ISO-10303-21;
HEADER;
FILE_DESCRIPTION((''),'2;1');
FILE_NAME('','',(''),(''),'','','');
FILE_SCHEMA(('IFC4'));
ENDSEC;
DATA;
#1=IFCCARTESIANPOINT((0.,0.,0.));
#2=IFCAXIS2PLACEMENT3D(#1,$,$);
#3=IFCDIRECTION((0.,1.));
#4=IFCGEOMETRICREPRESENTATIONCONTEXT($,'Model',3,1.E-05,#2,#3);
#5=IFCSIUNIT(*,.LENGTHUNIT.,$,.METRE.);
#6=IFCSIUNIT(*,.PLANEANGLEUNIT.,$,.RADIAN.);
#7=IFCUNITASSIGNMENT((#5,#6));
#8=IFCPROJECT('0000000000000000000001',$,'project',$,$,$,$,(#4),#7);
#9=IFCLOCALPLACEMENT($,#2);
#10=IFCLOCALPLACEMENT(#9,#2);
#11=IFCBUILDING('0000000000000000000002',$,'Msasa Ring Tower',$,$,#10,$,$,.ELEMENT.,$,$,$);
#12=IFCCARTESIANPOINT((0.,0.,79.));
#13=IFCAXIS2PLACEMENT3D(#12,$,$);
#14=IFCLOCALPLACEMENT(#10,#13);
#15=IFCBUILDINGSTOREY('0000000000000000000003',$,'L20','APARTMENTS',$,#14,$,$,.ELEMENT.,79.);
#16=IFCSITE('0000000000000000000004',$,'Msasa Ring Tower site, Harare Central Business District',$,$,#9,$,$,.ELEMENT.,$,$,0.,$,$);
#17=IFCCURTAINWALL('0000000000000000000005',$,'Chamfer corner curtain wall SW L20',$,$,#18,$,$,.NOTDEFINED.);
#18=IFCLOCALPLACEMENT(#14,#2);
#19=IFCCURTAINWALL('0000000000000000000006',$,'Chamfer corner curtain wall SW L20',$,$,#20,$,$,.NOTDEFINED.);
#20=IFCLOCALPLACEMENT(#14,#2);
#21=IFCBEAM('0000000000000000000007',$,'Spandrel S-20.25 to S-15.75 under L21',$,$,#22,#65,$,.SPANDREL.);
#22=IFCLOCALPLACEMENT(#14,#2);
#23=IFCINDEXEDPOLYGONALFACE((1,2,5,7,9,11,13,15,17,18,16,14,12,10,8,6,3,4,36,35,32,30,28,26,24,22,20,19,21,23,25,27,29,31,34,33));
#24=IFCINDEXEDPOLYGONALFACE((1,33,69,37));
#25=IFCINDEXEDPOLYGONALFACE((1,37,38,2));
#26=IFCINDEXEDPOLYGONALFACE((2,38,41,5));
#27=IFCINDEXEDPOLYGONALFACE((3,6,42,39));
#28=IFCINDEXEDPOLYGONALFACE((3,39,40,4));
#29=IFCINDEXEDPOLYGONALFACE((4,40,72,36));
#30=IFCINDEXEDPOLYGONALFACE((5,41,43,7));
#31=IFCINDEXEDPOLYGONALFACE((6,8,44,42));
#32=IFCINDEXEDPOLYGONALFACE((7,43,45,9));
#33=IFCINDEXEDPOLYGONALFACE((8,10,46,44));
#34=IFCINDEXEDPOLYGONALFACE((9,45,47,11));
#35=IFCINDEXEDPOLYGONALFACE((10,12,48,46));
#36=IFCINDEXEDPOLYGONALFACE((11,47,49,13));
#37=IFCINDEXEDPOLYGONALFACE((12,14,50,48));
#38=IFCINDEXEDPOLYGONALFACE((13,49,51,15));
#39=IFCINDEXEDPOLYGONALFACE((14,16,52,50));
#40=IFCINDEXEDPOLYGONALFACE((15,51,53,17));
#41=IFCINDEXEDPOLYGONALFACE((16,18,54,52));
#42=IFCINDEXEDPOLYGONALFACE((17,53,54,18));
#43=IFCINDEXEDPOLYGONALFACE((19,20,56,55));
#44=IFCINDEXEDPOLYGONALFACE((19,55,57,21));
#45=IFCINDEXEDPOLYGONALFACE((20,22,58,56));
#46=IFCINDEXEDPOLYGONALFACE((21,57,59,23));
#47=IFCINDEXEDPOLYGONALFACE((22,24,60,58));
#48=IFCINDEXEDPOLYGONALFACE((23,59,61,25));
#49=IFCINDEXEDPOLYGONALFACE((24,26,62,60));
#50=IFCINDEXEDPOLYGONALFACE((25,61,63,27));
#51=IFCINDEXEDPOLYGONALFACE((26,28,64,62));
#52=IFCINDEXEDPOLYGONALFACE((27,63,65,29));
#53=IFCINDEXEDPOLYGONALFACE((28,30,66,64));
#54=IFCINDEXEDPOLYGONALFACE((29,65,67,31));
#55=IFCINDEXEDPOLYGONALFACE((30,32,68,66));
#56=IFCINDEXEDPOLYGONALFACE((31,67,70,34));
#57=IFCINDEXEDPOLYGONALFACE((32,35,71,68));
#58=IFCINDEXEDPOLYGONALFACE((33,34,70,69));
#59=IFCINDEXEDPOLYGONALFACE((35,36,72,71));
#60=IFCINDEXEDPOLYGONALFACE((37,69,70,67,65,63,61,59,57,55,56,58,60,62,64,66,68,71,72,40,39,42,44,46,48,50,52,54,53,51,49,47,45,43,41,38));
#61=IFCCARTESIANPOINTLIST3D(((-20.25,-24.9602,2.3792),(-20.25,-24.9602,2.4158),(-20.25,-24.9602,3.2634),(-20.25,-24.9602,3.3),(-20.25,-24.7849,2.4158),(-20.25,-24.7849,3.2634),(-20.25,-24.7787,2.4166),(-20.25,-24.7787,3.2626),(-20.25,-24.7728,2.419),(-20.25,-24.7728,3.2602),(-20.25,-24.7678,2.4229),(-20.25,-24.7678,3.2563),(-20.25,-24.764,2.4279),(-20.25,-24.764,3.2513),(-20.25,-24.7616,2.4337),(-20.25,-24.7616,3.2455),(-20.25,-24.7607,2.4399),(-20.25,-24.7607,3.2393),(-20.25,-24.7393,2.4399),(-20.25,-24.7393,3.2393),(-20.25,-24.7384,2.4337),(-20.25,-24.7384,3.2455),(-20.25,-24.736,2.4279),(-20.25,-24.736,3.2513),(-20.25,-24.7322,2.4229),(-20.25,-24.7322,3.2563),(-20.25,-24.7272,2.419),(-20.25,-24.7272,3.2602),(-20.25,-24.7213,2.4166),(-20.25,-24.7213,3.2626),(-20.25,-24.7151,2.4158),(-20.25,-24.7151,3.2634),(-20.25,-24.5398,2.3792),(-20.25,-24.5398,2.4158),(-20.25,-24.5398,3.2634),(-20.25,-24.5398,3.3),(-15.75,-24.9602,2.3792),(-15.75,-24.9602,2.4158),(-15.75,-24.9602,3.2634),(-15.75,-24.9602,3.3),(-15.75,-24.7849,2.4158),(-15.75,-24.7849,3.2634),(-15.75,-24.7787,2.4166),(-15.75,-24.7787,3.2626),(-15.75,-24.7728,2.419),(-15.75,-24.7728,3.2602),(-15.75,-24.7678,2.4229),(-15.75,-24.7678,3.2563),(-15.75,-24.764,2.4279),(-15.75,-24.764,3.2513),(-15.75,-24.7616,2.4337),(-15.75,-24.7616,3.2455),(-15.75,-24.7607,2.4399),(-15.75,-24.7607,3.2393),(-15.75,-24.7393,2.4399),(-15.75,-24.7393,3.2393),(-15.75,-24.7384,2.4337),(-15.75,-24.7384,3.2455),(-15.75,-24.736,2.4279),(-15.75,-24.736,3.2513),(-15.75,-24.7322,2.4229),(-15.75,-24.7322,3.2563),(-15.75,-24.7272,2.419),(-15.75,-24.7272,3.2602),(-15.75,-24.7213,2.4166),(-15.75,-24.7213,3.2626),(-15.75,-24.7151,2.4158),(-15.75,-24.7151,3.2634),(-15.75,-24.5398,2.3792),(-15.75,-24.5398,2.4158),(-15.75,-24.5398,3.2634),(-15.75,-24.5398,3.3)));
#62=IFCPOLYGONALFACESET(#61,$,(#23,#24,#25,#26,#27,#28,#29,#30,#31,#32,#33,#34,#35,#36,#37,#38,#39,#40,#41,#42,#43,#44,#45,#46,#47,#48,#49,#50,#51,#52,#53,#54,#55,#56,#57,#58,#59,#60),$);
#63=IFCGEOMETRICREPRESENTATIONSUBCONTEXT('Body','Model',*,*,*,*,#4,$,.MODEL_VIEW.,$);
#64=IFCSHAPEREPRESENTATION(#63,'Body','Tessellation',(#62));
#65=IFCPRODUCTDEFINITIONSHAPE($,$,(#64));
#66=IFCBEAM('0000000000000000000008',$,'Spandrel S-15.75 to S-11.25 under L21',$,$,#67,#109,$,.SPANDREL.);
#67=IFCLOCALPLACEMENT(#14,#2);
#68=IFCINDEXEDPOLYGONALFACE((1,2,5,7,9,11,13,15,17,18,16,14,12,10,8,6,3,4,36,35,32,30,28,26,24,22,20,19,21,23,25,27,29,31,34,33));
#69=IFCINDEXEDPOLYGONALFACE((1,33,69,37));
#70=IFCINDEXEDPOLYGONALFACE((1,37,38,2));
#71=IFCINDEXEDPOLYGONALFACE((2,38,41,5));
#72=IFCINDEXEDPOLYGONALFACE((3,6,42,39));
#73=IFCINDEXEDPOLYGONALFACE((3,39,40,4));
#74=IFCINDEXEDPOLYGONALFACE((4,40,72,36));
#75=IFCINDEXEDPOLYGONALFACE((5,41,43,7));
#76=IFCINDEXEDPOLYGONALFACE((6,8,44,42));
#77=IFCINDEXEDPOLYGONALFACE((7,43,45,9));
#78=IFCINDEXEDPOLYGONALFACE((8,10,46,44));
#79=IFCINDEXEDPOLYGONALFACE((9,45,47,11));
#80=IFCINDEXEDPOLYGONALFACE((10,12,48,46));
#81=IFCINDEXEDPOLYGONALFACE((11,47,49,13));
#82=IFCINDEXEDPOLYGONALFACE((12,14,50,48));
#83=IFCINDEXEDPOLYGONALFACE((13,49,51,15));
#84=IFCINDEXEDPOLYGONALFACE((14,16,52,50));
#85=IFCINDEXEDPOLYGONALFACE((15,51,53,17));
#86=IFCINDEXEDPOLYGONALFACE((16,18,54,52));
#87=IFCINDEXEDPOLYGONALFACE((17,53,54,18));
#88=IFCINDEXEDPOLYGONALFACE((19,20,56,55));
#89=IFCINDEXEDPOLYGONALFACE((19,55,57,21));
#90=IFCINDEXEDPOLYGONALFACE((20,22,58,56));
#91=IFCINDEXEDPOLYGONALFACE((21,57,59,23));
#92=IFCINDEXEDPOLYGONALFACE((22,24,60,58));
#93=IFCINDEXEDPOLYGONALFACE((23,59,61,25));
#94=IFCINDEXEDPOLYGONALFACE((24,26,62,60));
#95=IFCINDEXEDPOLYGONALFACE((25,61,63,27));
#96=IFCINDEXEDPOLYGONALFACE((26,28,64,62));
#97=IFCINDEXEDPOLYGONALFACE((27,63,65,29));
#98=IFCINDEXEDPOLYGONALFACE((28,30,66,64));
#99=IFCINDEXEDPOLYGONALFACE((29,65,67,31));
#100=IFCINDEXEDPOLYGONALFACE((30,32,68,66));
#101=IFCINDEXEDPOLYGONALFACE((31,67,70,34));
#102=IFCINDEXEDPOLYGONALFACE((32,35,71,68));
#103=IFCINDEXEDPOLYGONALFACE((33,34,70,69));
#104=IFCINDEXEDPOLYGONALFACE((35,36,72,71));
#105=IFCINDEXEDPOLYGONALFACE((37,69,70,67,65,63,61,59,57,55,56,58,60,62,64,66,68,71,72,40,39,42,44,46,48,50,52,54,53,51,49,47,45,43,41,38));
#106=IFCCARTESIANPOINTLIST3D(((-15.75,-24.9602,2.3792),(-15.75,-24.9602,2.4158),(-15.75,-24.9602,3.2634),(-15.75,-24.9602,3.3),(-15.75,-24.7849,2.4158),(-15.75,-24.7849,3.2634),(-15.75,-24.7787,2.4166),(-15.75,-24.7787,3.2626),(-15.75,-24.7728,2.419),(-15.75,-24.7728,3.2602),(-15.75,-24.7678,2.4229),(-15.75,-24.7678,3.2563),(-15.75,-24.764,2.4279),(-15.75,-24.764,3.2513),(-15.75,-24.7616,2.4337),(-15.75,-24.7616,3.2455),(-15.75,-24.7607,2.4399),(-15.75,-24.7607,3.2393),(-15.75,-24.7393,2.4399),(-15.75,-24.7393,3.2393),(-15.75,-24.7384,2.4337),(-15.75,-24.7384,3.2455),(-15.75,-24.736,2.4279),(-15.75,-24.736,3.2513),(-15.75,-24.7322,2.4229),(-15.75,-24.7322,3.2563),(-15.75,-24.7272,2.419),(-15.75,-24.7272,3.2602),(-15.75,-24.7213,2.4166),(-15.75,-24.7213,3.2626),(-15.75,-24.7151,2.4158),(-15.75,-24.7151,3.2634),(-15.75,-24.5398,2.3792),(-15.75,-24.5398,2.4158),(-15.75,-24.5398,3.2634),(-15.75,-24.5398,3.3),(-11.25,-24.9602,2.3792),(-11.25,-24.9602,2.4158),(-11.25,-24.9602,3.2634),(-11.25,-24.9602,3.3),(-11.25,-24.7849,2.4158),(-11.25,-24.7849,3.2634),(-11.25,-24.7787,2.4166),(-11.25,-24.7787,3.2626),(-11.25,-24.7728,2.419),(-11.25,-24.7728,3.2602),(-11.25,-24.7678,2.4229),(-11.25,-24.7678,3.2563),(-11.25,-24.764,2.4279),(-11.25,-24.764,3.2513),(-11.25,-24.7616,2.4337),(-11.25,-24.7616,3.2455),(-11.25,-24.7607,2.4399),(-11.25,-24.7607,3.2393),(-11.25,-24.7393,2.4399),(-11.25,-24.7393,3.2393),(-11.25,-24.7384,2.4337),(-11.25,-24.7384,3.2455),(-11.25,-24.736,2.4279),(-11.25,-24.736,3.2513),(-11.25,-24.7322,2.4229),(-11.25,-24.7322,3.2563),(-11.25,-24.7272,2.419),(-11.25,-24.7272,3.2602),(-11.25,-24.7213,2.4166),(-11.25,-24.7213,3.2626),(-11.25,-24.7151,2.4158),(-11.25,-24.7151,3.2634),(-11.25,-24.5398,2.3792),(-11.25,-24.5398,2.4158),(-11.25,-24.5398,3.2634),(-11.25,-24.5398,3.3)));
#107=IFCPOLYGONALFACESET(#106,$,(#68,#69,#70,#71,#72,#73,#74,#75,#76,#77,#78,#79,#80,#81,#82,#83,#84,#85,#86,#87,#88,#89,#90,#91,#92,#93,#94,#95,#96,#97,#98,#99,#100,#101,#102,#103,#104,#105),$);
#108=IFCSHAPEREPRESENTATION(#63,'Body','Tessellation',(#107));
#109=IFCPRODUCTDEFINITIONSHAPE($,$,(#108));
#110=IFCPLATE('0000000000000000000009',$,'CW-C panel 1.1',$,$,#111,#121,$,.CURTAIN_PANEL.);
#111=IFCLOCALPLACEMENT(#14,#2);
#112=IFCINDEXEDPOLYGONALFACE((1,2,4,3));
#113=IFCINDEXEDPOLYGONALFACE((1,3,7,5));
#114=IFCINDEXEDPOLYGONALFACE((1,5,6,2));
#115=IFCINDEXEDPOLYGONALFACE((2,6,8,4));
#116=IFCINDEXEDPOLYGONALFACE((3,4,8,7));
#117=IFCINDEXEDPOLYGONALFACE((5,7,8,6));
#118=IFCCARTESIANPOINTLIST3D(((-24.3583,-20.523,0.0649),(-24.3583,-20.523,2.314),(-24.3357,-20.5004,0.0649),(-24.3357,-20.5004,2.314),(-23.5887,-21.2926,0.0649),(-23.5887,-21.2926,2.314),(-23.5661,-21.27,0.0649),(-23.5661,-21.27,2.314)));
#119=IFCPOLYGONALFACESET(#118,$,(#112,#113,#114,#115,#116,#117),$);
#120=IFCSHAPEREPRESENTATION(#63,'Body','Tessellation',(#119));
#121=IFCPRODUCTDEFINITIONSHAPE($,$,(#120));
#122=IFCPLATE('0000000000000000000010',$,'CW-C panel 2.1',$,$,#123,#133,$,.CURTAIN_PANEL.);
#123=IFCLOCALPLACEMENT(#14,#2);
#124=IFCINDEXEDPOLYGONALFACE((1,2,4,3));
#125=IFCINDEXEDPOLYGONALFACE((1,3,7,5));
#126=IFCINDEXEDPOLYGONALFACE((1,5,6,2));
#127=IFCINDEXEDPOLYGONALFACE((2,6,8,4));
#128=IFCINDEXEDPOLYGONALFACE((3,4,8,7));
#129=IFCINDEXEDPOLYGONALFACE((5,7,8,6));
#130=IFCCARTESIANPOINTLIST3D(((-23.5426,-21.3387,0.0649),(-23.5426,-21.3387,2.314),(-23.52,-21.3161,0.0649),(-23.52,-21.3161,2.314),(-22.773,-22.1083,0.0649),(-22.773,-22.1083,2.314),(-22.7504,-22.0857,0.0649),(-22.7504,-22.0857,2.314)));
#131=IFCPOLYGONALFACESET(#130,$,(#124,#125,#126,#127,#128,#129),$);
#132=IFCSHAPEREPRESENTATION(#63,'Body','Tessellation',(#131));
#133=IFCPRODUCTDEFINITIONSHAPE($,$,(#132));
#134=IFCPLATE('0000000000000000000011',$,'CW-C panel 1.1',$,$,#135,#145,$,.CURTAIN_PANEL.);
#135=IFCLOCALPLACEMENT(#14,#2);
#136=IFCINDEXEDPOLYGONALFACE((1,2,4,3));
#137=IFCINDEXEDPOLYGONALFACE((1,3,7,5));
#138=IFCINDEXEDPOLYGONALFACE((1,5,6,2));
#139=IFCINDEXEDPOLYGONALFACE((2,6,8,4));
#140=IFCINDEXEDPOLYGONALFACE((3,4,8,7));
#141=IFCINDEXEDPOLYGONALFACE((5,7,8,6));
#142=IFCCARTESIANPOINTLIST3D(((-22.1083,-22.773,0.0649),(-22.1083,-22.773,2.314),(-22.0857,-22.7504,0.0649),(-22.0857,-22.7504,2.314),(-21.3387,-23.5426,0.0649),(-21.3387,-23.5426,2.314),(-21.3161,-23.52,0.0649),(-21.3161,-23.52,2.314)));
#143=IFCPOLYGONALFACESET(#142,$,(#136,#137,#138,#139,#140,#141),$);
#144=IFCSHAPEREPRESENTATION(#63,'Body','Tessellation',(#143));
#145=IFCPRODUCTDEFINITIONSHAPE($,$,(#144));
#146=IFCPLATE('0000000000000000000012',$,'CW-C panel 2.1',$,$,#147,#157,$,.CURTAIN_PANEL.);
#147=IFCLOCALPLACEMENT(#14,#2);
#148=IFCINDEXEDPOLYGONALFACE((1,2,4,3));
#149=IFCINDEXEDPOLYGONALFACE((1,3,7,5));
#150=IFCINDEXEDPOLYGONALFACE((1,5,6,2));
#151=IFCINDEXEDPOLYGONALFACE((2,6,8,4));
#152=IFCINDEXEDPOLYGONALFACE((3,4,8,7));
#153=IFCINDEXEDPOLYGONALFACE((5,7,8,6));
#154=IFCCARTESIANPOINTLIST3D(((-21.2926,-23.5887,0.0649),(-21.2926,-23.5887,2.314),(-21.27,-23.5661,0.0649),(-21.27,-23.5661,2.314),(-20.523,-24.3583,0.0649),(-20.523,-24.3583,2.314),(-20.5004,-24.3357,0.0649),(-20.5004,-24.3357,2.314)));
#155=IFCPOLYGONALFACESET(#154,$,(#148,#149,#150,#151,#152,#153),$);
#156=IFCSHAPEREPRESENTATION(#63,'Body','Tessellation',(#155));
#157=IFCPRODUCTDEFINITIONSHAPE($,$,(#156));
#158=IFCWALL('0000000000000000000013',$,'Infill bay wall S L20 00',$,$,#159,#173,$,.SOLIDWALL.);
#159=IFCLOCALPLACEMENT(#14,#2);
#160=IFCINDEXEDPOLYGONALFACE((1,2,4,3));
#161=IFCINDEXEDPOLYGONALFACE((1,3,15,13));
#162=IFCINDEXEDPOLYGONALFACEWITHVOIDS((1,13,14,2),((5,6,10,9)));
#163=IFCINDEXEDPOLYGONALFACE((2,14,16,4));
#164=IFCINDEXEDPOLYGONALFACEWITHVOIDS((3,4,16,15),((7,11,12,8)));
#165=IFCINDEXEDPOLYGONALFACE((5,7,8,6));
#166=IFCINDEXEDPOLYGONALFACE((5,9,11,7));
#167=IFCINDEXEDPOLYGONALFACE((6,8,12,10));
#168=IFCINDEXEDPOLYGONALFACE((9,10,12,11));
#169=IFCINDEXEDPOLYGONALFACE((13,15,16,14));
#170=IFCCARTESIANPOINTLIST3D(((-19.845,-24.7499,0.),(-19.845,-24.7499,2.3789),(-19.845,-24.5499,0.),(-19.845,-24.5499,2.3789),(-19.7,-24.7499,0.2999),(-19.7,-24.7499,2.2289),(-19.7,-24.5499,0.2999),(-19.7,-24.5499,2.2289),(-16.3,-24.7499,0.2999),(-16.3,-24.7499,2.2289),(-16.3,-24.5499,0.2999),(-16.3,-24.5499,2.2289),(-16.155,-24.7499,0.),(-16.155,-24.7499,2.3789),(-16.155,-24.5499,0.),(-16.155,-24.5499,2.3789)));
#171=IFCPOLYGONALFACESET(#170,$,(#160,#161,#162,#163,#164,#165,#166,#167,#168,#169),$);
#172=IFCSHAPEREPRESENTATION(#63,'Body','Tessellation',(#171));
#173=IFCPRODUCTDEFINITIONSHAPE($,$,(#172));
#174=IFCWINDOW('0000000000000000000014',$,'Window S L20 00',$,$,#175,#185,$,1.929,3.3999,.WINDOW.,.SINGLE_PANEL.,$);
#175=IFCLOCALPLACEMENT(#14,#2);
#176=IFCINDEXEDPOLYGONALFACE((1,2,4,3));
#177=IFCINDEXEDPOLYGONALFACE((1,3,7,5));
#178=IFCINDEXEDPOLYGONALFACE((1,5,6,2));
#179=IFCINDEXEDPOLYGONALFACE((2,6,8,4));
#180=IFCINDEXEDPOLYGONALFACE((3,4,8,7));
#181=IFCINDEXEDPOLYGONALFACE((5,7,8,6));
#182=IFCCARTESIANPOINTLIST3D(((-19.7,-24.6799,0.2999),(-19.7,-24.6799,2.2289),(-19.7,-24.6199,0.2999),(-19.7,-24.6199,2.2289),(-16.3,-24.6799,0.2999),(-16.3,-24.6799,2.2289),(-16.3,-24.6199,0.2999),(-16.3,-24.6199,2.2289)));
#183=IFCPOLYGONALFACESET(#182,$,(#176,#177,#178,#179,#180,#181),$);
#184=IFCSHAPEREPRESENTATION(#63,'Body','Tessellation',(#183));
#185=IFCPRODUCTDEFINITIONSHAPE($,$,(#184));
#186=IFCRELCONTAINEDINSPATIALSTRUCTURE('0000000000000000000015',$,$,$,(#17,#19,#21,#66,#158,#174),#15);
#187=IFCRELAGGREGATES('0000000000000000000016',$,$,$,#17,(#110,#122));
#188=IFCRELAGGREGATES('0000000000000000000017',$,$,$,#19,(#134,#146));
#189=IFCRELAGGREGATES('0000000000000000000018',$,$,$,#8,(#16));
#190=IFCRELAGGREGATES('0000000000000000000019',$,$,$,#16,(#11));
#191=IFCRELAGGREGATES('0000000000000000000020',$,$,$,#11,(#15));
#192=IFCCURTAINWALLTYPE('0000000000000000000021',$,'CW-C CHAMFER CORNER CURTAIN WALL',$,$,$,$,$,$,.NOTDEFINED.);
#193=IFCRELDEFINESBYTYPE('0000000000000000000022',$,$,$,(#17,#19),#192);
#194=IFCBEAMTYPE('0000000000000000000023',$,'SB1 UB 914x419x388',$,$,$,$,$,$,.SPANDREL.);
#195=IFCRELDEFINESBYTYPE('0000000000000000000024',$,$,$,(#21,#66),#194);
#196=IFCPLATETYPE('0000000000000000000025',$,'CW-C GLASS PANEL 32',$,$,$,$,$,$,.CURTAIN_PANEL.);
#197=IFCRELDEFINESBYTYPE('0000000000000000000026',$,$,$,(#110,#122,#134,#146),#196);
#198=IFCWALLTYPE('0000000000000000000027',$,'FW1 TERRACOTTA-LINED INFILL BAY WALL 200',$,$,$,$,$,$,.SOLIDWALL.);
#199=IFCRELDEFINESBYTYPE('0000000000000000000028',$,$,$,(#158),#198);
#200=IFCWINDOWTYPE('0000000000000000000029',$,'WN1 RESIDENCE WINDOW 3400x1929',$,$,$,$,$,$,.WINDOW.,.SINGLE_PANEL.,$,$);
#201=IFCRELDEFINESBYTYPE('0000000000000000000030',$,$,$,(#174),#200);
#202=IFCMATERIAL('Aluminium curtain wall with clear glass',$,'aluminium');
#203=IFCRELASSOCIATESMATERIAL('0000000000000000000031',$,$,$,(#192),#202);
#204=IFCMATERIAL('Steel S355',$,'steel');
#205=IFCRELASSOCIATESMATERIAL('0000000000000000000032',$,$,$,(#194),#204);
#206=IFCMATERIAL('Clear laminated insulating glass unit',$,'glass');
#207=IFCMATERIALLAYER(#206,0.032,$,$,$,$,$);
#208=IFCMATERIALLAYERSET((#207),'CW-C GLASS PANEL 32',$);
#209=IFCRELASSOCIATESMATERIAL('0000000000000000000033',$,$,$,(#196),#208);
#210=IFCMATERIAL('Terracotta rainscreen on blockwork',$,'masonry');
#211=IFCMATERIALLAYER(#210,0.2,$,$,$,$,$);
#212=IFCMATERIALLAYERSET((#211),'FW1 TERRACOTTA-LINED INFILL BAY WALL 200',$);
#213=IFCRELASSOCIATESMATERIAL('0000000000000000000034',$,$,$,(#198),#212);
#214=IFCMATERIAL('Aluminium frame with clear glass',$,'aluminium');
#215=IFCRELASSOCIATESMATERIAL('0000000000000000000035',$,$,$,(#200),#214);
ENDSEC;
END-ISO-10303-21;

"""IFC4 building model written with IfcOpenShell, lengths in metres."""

from ifc_helpers import new_model, si_unit, direction, frame, frame_2d, origin, origin_2d, place, context, subcontext, project, spatial, rectangle, i_section, extrude, material, layer, layer_set, material_profile, profile_set, type_object, element, fill, aggregate, save


model = new_model("IFC4")

# Units and contexts
model_context = context("Model", 3, precision=1e-05, world=origin(), true_north=direction((0.0, 1.0)))
body_context = subcontext(model_context, "Body", "Model", "MODEL_VIEW")
ifc_project = project(units=[si_unit("LENGTHUNIT", "METRE"), si_unit("PLANEANGLEUNIT", "RADIAN")], contexts=[model_context])

# Site, building, storey
site_placement = place(None, origin())
site = spatial("IfcSite", under=ifc_project, at=site_placement, Name="Msasa Ring Tower site, Harare Central Business District", CompositionType="ELEMENT", RefElevation=0.0)
building_placement = place(site_placement, origin())
building = spatial("IfcBuilding", under=site, at=building_placement, Name="Msasa Ring Tower", CompositionType="ELEMENT")
storey_placement = place(building_placement, frame((0.0, 0.0, 79.0)))
storey = spatial("IfcBuildingStorey", under=building, at=storey_placement, Name="L20", Description="APARTMENTS", CompositionType="ELEMENT", Elevation=79.0)

# Curtain walls
ifc_material_1 = material(Name="Aluminium curtain wall with clear glass", Category="aluminium")
curtain_wall_type = type_object("IfcCurtainWallType", Name="CW-C CHAMFER CORNER CURTAIN WALL", PredefinedType="NOTDEFINED", material=ifc_material_1)
curtain_wall_1_placement = place(storey_placement, origin())
curtain_wall_1 = element("IfcCurtainWall", 1, at=curtain_wall_1_placement, inside=storey, type_object=curtain_wall_type, Name="Chamfer corner curtain wall SW L20", PredefinedType="NOTDEFINED")
curtain_wall_2_placement = place(storey_placement, origin())
curtain_wall_2 = element("IfcCurtainWall", 2, at=curtain_wall_2_placement, inside=storey, type_object=curtain_wall_type, Name="Chamfer corner curtain wall SW L20", PredefinedType="NOTDEFINED")

# Beams
ifc_material_2 = material(Name="Steel S355", Category="steel")
ifc_material_profile_1 = material_profile(ifc_material_2, i_section(OverallWidth=0.4204, OverallDepth=0.9209, WebThickness=0.0215, FlangeThickness=0.0366, FilletRadius=0.0242, at=origin_2d()), Name="UB 914x419x388")
ifc_profile_set_1 = profile_set([ifc_material_profile_1], Name="Steel S355")
beam_type_1 = type_object("IfcBeamType", Name="SB1 UB 914x419x388", PredefinedType="SPANDREL", material=ifc_profile_set_1)
for number, where, z_axis, x_axis, name in (
    (3, (-20.25, -24.75, 2.8396), (1.0, 0.0, 0.0), (0.0, 1.0, 0.0), "Spandrel S-20.25 to S-15.75 under L21"),
    (4, (-15.75, -24.75, 2.8396), (1.0, 0.0, 0.0), (0.0, 1.0, 0.0), "Spandrel S-15.75 to S-11.25 under L21"),
):
    element("IfcBeam", number, at=place(storey_placement, frame(where, z_axis=z_axis, x_axis=x_axis)), inside=storey, type_object=beam_type_1, Name=name, PredefinedType="SPANDREL", context=body_context, shape_type="SweptSolid", body=[
        extrude(i_section(OverallWidth=0.4204, OverallDepth=0.9209, WebThickness=0.0215, FlangeThickness=0.0366, FilletRadius=0.0242, at=origin_2d()), origin(), (0.0, 0.0, 1.0), 4.5),
    ])

# Plates
ifc_material_3 = material(Name="Clear laminated insulating glass unit", Category="glass")
ifc_layer_1 = layer(ifc_material_3, 0.032)
ifc_layer_set_1 = layer_set([ifc_layer_1], Name="CW-C GLASS PANEL 32")
plate_type = type_object("IfcPlateType", Name="CW-C GLASS PANEL 32", PredefinedType="CURTAIN_PANEL", material=ifc_layer_set_1)
plate_1_placement = place(storey_placement, frame((-23.9622, -20.8965, 0.0649), z_axis=(0.0, 0.0, 1.0), x_axis=(0.707107, -0.707107, 0.0)))
plate_1 = element("IfcPlate", 5, at=plate_1_placement, type_object=plate_type, Name="CW-C panel 1.1", PredefinedType="CURTAIN_PANEL", context=body_context, shape_type="SweptSolid", body=[
    extrude(rectangle(XDim=1.0884, YDim=0.032, at=origin_2d()), origin(), (0.0, 0.0, 1.0), 2.249),
])
plate_2_placement = place(storey_placement, frame((-23.1465, -21.7122, 0.0649), z_axis=(0.0, 0.0, 1.0), x_axis=(0.707107, -0.707107, 0.0)))
plate_2 = element("IfcPlate", 6, at=plate_2_placement, type_object=plate_type, Name="CW-C panel 2.1", PredefinedType="CURTAIN_PANEL", context=body_context, shape_type="SweptSolid", body=[
    extrude(rectangle(XDim=1.0884, YDim=0.032, at=origin_2d()), origin(), (0.0, 0.0, 1.0), 2.249),
])
aggregate(curtain_wall_1, [plate_1, plate_2])
plate_3_placement = place(storey_placement, frame((-21.7122, -23.1465, 0.0649), z_axis=(0.0, 0.0, 1.0), x_axis=(0.707107, -0.707107, 0.0)))
plate_3 = element("IfcPlate", 7, at=plate_3_placement, type_object=plate_type, Name="CW-C panel 1.1", PredefinedType="CURTAIN_PANEL", context=body_context, shape_type="SweptSolid", body=[
    extrude(rectangle(XDim=1.0884, YDim=0.032, at=origin_2d()), origin(), (0.0, 0.0, 1.0), 2.249),
])
plate_4_placement = place(storey_placement, frame((-20.8965, -23.9622, 0.0649), z_axis=(0.0, 0.0, 1.0), x_axis=(0.707107, -0.707107, 0.0)))
plate_4 = element("IfcPlate", 8, at=plate_4_placement, type_object=plate_type, Name="CW-C panel 2.1", PredefinedType="CURTAIN_PANEL", context=body_context, shape_type="SweptSolid", body=[
    extrude(rectangle(XDim=1.0884, YDim=0.032, at=origin_2d()), origin(), (0.0, 0.0, 1.0), 2.249),
])
aggregate(curtain_wall_2, [plate_3, plate_4])

# Wall, opening, window
ifc_material_4 = material(Name="Terracotta rainscreen on blockwork", Category="masonry")
ifc_layer_2 = layer(ifc_material_4, 0.2)
ifc_layer_set_2 = layer_set([ifc_layer_2], Name="FW1 TERRACOTTA-LINED INFILL BAY WALL 200")
wall_type_1 = type_object("IfcWallType", Name="FW1 TERRACOTTA-LINED INFILL BAY WALL 200", PredefinedType="SOLIDWALL", material=ifc_layer_set_2)
wall_placement = place(storey_placement, frame((-19.845, -24.6499, 0.0), z_axis=(0.0, 0.0, 1.0), x_axis=(1.0, 0.0, 0.0)))
wall = element("IfcWall", 9, at=wall_placement, inside=storey, type_object=wall_type_1, Name="Infill bay wall S L20 00", PredefinedType="SOLIDWALL", context=body_context, shape_type="SweptSolid", body=[
    extrude(rectangle(XDim=3.6899, YDim=0.2, at=frame_2d((1.845, 0.0))), origin(), (0.0, 0.0, 1.0), 2.3789),
])
opening_placement = place(wall_placement, frame((0.145, 0.0, 0.3)))
opening = element("IfcOpeningElement", 10, at=opening_placement, cuts=wall, PredefinedType="OPENING", context=body_context, shape_type="SweptSolid", body=[
    extrude(rectangle(XDim=3.3999, YDim=1.929, at=frame_2d((1.7, 0.9644))), frame((0.0, 0.1099, 0.0), z_axis=(0.0, -1.0, 0.0), x_axis=(1.0, 0.0, 0.0)), (0.0, 0.0, 1.0), 0.22),
])
ifc_material_5 = material(Name="Aluminium frame with clear glass", Category="aluminium")
window_type = type_object("IfcWindowType", Name="WN1 RESIDENCE WINDOW 3400x1929", PartitioningType="SINGLE_PANEL", PredefinedType="WINDOW", material=ifc_material_5)
window_placement = place(opening_placement, origin())
window = element("IfcWindow", 11, at=window_placement, inside=storey, type_object=window_type, Name="Window S L20 00", OverallHeight=1.929, OverallWidth=3.3999, PartitioningType="SINGLE_PANEL", PredefinedType="WINDOW", context=body_context, shape_type="SweptSolid", body=[
    extrude(rectangle(XDim=3.3999, YDim=1.929, at=frame_2d((1.7, 0.9644))), frame((0.0, 0.03, 0.0), z_axis=(0.0, -1.0, 0.0), x_axis=(1.0, 0.0, 0.0)), (0.0, 0.0, 1.0), 0.0601),
])
fill(opening, window)

save(model, "model.ifc")
